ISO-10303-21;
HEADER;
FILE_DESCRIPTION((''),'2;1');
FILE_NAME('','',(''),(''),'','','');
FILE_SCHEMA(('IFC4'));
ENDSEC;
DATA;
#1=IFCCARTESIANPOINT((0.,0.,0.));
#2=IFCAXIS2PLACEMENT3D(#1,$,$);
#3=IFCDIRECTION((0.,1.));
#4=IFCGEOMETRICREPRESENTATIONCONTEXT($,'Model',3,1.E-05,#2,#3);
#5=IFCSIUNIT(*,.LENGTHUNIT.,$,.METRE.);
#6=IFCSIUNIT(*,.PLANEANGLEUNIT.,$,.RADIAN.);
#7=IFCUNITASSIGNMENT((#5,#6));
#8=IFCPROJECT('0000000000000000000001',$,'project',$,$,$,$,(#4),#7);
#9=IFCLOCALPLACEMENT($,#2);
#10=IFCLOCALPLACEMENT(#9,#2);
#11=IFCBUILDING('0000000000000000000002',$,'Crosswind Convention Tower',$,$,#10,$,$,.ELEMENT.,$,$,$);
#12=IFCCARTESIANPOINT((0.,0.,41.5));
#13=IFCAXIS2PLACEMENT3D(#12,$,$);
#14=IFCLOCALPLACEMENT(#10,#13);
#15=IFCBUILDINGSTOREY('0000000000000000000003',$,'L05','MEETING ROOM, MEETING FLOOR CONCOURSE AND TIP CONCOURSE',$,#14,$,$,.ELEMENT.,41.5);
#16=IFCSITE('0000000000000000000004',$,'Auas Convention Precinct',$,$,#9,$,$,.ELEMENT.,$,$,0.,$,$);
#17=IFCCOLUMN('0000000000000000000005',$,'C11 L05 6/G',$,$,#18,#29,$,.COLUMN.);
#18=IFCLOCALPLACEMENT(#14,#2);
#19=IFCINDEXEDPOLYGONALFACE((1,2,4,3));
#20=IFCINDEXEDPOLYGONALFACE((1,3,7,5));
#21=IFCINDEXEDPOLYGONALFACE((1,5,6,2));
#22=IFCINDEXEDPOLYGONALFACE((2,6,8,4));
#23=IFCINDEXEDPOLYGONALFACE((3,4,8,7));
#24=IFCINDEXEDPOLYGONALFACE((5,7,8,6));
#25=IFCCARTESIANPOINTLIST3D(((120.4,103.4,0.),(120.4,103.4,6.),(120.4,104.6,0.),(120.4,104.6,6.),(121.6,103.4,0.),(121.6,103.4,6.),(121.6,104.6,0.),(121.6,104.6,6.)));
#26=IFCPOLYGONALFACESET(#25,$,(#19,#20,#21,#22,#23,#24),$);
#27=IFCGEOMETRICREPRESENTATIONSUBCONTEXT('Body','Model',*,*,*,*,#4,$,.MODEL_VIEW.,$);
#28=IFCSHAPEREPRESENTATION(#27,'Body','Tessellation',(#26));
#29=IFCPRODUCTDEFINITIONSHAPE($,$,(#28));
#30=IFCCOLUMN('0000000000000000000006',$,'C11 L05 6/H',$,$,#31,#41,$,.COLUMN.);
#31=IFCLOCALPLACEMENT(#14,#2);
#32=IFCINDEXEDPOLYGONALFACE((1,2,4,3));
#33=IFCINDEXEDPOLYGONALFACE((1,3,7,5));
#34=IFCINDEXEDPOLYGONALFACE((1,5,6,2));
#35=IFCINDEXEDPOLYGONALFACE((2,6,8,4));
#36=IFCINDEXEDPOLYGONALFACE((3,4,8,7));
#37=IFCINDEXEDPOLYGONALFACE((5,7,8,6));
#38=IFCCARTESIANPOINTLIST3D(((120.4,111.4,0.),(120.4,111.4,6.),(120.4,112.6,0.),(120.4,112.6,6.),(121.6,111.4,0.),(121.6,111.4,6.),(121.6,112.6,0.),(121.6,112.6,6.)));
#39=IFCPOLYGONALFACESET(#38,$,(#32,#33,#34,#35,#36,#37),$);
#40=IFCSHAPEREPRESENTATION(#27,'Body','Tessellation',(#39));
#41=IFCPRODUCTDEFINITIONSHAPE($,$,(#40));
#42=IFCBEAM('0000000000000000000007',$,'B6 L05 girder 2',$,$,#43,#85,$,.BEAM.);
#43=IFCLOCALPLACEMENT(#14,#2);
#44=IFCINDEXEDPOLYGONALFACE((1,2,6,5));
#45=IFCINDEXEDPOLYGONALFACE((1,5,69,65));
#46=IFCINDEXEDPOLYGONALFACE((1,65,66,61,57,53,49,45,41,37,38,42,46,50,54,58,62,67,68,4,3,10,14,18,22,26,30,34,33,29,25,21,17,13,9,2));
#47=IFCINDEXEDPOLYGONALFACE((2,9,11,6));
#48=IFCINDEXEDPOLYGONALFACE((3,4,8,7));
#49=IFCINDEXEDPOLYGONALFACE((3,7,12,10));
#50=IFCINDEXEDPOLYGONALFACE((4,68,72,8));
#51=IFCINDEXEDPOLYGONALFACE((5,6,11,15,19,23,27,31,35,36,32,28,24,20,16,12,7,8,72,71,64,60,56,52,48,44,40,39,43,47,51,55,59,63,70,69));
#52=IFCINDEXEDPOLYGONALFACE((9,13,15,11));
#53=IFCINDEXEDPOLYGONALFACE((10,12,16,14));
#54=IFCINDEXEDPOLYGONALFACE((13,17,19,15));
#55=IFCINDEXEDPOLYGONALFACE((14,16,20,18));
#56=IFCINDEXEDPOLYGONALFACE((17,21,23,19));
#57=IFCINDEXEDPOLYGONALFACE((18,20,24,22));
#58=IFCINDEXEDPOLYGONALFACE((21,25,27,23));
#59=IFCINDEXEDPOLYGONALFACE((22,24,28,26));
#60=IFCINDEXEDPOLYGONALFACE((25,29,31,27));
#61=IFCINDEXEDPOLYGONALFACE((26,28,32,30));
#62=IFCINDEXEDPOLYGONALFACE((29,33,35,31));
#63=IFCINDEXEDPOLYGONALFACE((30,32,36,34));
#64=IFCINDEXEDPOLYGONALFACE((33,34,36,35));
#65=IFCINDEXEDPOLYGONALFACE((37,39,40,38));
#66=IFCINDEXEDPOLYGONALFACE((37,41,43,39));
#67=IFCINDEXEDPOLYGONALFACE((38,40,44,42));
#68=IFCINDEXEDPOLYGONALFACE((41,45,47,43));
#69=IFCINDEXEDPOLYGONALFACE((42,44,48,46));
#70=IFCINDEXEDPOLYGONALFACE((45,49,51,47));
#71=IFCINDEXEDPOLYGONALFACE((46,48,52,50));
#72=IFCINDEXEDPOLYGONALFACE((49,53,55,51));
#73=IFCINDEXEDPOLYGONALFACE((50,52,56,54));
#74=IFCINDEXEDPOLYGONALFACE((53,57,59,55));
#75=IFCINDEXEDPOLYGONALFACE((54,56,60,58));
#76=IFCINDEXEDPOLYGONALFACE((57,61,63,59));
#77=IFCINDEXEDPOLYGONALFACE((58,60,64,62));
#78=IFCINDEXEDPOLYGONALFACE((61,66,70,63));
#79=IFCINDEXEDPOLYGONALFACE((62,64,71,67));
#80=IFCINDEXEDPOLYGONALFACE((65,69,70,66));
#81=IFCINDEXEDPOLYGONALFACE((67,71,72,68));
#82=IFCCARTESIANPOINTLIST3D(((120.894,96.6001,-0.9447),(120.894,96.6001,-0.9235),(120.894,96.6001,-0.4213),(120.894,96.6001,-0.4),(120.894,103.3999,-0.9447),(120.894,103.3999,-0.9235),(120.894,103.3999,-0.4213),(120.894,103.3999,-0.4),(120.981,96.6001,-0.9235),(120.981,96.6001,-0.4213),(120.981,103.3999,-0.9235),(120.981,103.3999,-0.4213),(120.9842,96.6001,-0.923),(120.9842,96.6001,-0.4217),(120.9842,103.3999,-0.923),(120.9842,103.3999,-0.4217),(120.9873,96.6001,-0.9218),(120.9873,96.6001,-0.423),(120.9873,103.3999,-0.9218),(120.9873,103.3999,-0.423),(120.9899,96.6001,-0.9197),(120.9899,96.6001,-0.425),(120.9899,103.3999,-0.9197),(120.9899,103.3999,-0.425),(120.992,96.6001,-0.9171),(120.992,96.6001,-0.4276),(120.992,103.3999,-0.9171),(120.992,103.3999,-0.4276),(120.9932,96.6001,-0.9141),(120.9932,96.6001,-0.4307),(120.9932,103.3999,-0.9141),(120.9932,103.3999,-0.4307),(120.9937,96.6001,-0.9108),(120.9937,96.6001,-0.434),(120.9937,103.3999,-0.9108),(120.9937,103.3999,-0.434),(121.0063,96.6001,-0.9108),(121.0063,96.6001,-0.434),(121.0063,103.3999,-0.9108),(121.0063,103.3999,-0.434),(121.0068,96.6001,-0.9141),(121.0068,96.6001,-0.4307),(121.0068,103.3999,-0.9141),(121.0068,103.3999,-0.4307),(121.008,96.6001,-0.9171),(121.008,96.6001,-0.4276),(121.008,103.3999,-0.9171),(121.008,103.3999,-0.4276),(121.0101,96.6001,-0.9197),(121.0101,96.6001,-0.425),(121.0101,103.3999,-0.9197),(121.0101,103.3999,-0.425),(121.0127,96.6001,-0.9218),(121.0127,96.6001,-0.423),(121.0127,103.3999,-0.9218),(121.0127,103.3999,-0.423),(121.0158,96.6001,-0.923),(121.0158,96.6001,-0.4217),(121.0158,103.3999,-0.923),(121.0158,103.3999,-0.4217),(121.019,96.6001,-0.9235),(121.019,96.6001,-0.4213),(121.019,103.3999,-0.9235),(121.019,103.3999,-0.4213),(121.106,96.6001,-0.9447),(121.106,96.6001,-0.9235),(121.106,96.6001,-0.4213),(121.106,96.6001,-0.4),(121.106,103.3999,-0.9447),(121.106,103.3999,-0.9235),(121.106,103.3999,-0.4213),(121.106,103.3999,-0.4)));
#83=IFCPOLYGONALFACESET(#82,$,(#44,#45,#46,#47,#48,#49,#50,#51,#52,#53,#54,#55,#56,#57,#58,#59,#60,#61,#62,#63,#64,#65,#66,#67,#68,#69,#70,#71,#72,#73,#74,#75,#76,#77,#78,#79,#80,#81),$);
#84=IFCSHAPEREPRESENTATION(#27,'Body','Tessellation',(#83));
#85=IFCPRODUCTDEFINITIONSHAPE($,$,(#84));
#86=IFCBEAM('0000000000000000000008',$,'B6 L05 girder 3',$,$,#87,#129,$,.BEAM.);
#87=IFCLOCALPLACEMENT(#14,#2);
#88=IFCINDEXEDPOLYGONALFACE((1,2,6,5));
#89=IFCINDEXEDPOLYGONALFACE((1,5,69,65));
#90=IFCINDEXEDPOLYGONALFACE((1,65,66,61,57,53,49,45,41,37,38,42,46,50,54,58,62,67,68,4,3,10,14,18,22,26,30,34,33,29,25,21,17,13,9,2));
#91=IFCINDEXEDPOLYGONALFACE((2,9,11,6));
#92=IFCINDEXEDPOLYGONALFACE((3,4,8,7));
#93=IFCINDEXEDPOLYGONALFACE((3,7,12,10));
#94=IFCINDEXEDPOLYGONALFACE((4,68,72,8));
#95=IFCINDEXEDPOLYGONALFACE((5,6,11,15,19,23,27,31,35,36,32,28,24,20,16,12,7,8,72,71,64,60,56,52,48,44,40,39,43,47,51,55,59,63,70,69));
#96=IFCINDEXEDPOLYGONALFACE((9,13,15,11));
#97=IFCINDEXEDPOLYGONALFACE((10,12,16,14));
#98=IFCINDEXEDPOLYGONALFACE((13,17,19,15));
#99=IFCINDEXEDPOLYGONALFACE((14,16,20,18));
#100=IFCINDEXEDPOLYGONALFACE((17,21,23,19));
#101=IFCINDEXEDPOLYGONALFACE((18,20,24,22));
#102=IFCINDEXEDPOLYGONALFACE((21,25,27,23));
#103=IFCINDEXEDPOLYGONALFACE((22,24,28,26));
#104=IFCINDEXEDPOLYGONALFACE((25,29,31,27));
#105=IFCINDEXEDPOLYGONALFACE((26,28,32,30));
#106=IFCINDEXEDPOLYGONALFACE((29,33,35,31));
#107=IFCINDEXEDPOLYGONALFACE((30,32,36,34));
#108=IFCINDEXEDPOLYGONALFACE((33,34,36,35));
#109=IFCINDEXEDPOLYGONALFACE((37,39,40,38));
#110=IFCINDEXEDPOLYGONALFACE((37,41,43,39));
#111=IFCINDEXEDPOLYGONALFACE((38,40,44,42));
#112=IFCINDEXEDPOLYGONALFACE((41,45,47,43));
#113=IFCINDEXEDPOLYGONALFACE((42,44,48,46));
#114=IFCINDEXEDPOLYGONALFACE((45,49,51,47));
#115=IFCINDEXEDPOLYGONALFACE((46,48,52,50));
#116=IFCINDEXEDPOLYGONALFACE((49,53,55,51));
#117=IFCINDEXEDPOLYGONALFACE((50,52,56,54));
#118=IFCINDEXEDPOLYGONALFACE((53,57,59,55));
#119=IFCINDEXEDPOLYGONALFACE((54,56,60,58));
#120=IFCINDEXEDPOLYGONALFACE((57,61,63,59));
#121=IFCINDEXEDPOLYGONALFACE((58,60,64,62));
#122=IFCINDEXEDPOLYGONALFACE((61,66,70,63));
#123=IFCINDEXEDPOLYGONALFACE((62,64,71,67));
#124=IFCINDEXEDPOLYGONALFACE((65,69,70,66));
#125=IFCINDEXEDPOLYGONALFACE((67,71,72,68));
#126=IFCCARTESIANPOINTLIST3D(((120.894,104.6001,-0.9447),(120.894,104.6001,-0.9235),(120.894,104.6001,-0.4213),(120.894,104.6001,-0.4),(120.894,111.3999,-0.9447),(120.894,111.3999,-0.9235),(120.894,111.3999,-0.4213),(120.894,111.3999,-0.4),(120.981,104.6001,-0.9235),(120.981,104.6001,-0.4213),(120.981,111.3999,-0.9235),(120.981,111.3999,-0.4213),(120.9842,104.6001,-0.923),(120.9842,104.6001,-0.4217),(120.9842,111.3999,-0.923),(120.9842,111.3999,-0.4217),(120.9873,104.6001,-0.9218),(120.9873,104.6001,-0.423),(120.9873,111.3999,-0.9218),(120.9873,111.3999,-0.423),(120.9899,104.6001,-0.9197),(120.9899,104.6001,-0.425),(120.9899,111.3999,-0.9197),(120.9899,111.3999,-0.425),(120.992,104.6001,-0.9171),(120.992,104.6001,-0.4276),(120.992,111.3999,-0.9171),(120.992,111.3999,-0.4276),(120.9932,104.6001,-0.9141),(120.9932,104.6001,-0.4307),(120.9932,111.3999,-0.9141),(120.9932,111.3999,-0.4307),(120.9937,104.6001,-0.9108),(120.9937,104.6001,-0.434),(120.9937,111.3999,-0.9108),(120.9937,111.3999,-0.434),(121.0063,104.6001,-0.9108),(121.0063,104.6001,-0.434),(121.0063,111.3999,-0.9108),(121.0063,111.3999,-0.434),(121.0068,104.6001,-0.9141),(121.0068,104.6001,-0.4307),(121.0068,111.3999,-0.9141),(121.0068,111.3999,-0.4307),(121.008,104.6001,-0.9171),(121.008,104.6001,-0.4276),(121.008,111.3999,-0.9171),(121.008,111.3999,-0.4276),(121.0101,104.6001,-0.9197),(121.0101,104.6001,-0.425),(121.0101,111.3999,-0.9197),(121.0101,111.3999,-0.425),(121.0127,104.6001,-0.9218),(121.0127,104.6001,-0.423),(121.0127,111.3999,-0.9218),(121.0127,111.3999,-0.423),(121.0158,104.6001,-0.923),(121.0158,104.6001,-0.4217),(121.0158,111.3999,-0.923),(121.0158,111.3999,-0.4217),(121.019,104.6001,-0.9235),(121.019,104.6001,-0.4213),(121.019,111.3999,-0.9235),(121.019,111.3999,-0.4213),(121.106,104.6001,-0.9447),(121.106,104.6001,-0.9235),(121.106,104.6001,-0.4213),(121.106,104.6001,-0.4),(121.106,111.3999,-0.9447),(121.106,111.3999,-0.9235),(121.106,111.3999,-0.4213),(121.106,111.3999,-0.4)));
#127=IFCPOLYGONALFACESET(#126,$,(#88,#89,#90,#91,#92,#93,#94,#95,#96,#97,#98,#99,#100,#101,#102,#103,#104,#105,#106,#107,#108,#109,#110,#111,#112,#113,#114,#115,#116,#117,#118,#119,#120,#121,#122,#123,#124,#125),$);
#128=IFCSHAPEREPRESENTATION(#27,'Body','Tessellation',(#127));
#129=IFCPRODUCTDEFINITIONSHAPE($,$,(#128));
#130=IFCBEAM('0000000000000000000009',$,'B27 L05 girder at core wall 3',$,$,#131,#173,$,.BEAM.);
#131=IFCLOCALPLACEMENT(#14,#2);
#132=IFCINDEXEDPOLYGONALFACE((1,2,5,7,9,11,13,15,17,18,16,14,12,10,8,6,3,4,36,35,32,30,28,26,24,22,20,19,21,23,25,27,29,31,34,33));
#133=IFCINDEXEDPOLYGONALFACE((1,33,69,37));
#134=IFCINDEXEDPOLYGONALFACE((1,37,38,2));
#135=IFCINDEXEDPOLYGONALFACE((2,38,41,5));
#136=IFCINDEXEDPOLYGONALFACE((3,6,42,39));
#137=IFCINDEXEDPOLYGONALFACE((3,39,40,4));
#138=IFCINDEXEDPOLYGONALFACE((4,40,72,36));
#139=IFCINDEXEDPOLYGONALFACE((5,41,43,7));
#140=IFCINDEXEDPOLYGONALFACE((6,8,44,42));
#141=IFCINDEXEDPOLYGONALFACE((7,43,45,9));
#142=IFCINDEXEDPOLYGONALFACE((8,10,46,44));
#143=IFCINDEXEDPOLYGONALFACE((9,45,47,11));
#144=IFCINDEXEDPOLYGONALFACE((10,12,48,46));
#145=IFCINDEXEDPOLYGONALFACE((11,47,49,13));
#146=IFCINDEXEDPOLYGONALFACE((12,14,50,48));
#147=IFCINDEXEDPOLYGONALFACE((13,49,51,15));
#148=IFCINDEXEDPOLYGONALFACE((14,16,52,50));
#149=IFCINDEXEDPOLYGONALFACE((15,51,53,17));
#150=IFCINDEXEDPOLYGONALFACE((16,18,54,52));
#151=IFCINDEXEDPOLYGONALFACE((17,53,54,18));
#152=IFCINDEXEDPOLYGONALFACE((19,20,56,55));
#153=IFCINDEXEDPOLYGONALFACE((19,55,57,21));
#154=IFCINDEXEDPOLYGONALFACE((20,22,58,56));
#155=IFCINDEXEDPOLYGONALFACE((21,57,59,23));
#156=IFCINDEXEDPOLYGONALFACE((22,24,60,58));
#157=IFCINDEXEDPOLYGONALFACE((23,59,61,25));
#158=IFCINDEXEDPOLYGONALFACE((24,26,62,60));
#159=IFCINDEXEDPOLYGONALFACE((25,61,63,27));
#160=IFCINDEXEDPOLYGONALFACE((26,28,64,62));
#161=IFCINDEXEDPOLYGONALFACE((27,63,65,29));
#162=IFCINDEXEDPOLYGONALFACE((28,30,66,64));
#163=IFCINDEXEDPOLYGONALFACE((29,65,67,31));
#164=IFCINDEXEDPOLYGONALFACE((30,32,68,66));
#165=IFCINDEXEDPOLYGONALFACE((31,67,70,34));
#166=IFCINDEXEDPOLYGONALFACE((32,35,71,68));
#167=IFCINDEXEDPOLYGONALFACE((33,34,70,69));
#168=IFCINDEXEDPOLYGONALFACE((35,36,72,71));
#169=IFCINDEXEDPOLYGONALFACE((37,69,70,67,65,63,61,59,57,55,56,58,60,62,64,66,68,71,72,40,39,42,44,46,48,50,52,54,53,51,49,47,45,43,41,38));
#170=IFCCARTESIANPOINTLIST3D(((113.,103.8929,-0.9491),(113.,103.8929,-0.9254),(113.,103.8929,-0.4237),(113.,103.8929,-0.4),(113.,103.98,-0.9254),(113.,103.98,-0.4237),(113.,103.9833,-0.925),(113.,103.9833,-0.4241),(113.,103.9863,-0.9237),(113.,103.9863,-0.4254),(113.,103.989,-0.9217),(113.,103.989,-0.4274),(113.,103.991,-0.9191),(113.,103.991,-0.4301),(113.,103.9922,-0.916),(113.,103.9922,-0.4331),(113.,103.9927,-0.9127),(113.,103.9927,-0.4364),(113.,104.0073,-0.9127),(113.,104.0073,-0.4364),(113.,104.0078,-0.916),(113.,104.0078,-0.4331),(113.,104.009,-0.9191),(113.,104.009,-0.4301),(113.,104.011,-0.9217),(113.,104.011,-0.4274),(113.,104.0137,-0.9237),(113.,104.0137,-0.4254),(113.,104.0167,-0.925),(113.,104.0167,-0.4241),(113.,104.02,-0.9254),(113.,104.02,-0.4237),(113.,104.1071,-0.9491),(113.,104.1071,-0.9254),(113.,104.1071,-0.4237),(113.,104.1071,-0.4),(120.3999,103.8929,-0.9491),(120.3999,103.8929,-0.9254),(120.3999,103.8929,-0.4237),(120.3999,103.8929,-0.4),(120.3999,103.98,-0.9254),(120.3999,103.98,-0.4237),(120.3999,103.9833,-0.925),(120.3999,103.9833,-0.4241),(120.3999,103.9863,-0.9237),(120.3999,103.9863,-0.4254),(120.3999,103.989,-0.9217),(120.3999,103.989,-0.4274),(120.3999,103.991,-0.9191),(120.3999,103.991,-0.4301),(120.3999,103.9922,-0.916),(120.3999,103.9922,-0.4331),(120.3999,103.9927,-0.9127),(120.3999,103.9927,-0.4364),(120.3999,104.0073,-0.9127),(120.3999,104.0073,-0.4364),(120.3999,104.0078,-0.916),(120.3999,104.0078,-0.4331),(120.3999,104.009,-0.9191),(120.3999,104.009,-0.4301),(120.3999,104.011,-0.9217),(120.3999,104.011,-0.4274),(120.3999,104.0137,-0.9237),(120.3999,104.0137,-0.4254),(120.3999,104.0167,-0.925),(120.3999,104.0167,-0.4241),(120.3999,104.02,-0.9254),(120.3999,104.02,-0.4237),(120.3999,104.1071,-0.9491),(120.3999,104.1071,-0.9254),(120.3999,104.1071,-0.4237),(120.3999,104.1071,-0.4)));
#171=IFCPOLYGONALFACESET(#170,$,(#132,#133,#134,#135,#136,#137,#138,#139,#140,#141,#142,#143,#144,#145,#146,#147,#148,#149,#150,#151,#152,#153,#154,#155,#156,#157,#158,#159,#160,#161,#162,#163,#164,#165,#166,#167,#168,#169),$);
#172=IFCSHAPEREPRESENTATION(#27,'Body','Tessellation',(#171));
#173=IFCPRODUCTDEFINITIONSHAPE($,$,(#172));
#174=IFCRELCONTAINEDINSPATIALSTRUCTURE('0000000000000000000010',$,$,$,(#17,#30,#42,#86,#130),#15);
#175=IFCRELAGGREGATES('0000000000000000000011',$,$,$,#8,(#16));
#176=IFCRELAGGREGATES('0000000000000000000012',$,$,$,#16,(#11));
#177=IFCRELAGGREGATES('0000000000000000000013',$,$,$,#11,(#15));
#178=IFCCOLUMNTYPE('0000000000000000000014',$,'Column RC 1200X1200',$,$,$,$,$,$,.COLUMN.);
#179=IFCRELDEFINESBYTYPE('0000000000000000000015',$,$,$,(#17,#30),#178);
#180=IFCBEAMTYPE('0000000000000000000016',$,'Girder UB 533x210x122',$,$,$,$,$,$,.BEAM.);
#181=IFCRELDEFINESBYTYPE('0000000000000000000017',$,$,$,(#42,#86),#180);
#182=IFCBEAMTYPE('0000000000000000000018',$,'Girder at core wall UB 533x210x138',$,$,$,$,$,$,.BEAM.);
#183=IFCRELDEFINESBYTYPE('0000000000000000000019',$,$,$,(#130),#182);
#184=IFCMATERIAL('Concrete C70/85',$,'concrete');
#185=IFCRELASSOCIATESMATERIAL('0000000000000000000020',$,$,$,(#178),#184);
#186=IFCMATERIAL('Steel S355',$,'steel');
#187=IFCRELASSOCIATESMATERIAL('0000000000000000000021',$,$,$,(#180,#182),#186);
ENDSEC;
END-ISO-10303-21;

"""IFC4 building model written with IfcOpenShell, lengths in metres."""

from ifc_helpers import new_model, si_unit, direction, frame, origin, origin_2d, place, context, subcontext, project, spatial, rectangle, i_section, extrude, material, material_profile, profile_set, type_object, element, save


model = new_model("IFC4")

# Units and contexts
model_context = context("Model", 3, precision=1e-05, world=origin(), true_north=direction((0.0, 1.0)))
body_context = subcontext(model_context, "Body", "Model", "MODEL_VIEW")
ifc_project = project(units=[si_unit("LENGTHUNIT", "METRE"), si_unit("PLANEANGLEUNIT", "RADIAN")], contexts=[model_context])

# Site, building, storey
site_placement = place(None, origin())
site = spatial("IfcSite", under=ifc_project, at=site_placement, Name="Auas Convention Precinct", CompositionType="ELEMENT", RefElevation=0.0)
building_placement = place(site_placement, origin())
building = spatial("IfcBuilding", under=site, at=building_placement, Name="Crosswind Convention Tower", CompositionType="ELEMENT")
storey_placement = place(building_placement, frame((0.0, 0.0, 41.5)))
storey = spatial("IfcBuildingStorey", under=building, at=storey_placement, Name="L05", Description="MEETING ROOM, MEETING FLOOR CONCOURSE AND TIP CONCOURSE", CompositionType="ELEMENT", Elevation=41.5)

# Columns
ifc_material_1 = material(Name="Concrete C70/85", Category="concrete")
ifc_material_profile_1 = material_profile(ifc_material_1, rectangle(XDim=1.2, YDim=1.2, at=origin_2d()), Name="RC 1200X1200")
ifc_profile_set_1 = profile_set([ifc_material_profile_1], Name="Concrete C70/85")
column_type = type_object("IfcColumnType", Name="Column RC 1200X1200", PredefinedType="COLUMN", material=ifc_profile_set_1)
for number, where, z_axis, x_axis, name in (
    (1, (121.0, 104.0, 0.0), (0.0, 0.0, 1.0), (1.0, 0.0, 0.0), "C11 L05 6/G"),
    (2, (121.0, 112.0, 0.0), (0.0, 0.0, 1.0), (1.0, 0.0, 0.0), "C11 L05 6/H"),
):
    element("IfcColumn", number, at=place(storey_placement, frame(where, z_axis=z_axis, x_axis=x_axis)), inside=storey, type_object=column_type, Name=name, PredefinedType="COLUMN", context=body_context, shape_type="SweptSolid", body=[
        extrude(rectangle(XDim=1.2, YDim=1.2, at=origin_2d()), origin(), (0.0, 0.0, 1.0), 6.0),
    ])

# Beams
ifc_material_2 = material(Name="Steel S355", Category="steel")
ifc_material_profile_2 = material_profile(ifc_material_2, i_section(OverallWidth=0.2119, OverallDepth=0.5447, WebThickness=0.0127, FlangeThickness=0.0212, FilletRadius=0.0127, at=origin_2d()), Name="UB 533x210x122")
ifc_profile_set_2 = profile_set([ifc_material_profile_2], Name="Steel S355")
beam_type_1 = type_object("IfcBeamType", Name="Girder UB 533x210x122", PredefinedType="BEAM", material=ifc_profile_set_2)
for number, where, z_axis, x_axis, name in (
    (3, (121.0, 96.6001, -0.6724), (0.0, 1.0, 0.0), (-1.0, 0.0, 0.0), "B6 L05 girder 2"),
    (4, (121.0, 104.6001, -0.6724), (0.0, 1.0, 0.0), (-1.0, 0.0, 0.0), "B6 L05 girder 3"),
):
    element("IfcBeam", number, at=place(storey_placement, frame(where, z_axis=z_axis, x_axis=x_axis)), inside=storey, type_object=beam_type_1, Name=name, PredefinedType="BEAM", context=body_context, shape_type="SweptSolid", body=[
        extrude(i_section(OverallWidth=0.2119, OverallDepth=0.5447, WebThickness=0.0127, FlangeThickness=0.0212, FilletRadius=0.0127, at=origin_2d()), origin(), (0.0, 0.0, 1.0), 6.7998),
    ])
ifc_material_profile_3 = material_profile(ifc_material_2, i_section(OverallWidth=0.2141, OverallDepth=0.5491, WebThickness=0.0146, FlangeThickness=0.0237, FilletRadius=0.0127, at=origin_2d()), Name="UB 533x210x138")
ifc_profile_set_3 = profile_set([ifc_material_profile_3], Name="Steel S355")
beam_type_2 = type_object("IfcBeamType", Name="Girder at core wall UB 533x210x138", PredefinedType="BEAM", material=ifc_profile_set_3)
for number, where, z_axis, x_axis, name in (
    (5, (113.0, 104.0, -0.6746), (1.0, 0.0, 0.0), (0.0, 1.0, 0.0), "B27 L05 girder at core wall 3"),
):
    element("IfcBeam", number, at=place(storey_placement, frame(where, z_axis=z_axis, x_axis=x_axis)), inside=storey, type_object=beam_type_2, Name=name, PredefinedType="BEAM", context=body_context, shape_type="SweptSolid", body=[
        extrude(i_section(OverallWidth=0.2141, OverallDepth=0.5491, WebThickness=0.0146, FlangeThickness=0.0237, FilletRadius=0.0127, at=origin_2d()), origin(), (0.0, 0.0, 1.0), 7.3999),
    ])

save(model, "model.ifc")
